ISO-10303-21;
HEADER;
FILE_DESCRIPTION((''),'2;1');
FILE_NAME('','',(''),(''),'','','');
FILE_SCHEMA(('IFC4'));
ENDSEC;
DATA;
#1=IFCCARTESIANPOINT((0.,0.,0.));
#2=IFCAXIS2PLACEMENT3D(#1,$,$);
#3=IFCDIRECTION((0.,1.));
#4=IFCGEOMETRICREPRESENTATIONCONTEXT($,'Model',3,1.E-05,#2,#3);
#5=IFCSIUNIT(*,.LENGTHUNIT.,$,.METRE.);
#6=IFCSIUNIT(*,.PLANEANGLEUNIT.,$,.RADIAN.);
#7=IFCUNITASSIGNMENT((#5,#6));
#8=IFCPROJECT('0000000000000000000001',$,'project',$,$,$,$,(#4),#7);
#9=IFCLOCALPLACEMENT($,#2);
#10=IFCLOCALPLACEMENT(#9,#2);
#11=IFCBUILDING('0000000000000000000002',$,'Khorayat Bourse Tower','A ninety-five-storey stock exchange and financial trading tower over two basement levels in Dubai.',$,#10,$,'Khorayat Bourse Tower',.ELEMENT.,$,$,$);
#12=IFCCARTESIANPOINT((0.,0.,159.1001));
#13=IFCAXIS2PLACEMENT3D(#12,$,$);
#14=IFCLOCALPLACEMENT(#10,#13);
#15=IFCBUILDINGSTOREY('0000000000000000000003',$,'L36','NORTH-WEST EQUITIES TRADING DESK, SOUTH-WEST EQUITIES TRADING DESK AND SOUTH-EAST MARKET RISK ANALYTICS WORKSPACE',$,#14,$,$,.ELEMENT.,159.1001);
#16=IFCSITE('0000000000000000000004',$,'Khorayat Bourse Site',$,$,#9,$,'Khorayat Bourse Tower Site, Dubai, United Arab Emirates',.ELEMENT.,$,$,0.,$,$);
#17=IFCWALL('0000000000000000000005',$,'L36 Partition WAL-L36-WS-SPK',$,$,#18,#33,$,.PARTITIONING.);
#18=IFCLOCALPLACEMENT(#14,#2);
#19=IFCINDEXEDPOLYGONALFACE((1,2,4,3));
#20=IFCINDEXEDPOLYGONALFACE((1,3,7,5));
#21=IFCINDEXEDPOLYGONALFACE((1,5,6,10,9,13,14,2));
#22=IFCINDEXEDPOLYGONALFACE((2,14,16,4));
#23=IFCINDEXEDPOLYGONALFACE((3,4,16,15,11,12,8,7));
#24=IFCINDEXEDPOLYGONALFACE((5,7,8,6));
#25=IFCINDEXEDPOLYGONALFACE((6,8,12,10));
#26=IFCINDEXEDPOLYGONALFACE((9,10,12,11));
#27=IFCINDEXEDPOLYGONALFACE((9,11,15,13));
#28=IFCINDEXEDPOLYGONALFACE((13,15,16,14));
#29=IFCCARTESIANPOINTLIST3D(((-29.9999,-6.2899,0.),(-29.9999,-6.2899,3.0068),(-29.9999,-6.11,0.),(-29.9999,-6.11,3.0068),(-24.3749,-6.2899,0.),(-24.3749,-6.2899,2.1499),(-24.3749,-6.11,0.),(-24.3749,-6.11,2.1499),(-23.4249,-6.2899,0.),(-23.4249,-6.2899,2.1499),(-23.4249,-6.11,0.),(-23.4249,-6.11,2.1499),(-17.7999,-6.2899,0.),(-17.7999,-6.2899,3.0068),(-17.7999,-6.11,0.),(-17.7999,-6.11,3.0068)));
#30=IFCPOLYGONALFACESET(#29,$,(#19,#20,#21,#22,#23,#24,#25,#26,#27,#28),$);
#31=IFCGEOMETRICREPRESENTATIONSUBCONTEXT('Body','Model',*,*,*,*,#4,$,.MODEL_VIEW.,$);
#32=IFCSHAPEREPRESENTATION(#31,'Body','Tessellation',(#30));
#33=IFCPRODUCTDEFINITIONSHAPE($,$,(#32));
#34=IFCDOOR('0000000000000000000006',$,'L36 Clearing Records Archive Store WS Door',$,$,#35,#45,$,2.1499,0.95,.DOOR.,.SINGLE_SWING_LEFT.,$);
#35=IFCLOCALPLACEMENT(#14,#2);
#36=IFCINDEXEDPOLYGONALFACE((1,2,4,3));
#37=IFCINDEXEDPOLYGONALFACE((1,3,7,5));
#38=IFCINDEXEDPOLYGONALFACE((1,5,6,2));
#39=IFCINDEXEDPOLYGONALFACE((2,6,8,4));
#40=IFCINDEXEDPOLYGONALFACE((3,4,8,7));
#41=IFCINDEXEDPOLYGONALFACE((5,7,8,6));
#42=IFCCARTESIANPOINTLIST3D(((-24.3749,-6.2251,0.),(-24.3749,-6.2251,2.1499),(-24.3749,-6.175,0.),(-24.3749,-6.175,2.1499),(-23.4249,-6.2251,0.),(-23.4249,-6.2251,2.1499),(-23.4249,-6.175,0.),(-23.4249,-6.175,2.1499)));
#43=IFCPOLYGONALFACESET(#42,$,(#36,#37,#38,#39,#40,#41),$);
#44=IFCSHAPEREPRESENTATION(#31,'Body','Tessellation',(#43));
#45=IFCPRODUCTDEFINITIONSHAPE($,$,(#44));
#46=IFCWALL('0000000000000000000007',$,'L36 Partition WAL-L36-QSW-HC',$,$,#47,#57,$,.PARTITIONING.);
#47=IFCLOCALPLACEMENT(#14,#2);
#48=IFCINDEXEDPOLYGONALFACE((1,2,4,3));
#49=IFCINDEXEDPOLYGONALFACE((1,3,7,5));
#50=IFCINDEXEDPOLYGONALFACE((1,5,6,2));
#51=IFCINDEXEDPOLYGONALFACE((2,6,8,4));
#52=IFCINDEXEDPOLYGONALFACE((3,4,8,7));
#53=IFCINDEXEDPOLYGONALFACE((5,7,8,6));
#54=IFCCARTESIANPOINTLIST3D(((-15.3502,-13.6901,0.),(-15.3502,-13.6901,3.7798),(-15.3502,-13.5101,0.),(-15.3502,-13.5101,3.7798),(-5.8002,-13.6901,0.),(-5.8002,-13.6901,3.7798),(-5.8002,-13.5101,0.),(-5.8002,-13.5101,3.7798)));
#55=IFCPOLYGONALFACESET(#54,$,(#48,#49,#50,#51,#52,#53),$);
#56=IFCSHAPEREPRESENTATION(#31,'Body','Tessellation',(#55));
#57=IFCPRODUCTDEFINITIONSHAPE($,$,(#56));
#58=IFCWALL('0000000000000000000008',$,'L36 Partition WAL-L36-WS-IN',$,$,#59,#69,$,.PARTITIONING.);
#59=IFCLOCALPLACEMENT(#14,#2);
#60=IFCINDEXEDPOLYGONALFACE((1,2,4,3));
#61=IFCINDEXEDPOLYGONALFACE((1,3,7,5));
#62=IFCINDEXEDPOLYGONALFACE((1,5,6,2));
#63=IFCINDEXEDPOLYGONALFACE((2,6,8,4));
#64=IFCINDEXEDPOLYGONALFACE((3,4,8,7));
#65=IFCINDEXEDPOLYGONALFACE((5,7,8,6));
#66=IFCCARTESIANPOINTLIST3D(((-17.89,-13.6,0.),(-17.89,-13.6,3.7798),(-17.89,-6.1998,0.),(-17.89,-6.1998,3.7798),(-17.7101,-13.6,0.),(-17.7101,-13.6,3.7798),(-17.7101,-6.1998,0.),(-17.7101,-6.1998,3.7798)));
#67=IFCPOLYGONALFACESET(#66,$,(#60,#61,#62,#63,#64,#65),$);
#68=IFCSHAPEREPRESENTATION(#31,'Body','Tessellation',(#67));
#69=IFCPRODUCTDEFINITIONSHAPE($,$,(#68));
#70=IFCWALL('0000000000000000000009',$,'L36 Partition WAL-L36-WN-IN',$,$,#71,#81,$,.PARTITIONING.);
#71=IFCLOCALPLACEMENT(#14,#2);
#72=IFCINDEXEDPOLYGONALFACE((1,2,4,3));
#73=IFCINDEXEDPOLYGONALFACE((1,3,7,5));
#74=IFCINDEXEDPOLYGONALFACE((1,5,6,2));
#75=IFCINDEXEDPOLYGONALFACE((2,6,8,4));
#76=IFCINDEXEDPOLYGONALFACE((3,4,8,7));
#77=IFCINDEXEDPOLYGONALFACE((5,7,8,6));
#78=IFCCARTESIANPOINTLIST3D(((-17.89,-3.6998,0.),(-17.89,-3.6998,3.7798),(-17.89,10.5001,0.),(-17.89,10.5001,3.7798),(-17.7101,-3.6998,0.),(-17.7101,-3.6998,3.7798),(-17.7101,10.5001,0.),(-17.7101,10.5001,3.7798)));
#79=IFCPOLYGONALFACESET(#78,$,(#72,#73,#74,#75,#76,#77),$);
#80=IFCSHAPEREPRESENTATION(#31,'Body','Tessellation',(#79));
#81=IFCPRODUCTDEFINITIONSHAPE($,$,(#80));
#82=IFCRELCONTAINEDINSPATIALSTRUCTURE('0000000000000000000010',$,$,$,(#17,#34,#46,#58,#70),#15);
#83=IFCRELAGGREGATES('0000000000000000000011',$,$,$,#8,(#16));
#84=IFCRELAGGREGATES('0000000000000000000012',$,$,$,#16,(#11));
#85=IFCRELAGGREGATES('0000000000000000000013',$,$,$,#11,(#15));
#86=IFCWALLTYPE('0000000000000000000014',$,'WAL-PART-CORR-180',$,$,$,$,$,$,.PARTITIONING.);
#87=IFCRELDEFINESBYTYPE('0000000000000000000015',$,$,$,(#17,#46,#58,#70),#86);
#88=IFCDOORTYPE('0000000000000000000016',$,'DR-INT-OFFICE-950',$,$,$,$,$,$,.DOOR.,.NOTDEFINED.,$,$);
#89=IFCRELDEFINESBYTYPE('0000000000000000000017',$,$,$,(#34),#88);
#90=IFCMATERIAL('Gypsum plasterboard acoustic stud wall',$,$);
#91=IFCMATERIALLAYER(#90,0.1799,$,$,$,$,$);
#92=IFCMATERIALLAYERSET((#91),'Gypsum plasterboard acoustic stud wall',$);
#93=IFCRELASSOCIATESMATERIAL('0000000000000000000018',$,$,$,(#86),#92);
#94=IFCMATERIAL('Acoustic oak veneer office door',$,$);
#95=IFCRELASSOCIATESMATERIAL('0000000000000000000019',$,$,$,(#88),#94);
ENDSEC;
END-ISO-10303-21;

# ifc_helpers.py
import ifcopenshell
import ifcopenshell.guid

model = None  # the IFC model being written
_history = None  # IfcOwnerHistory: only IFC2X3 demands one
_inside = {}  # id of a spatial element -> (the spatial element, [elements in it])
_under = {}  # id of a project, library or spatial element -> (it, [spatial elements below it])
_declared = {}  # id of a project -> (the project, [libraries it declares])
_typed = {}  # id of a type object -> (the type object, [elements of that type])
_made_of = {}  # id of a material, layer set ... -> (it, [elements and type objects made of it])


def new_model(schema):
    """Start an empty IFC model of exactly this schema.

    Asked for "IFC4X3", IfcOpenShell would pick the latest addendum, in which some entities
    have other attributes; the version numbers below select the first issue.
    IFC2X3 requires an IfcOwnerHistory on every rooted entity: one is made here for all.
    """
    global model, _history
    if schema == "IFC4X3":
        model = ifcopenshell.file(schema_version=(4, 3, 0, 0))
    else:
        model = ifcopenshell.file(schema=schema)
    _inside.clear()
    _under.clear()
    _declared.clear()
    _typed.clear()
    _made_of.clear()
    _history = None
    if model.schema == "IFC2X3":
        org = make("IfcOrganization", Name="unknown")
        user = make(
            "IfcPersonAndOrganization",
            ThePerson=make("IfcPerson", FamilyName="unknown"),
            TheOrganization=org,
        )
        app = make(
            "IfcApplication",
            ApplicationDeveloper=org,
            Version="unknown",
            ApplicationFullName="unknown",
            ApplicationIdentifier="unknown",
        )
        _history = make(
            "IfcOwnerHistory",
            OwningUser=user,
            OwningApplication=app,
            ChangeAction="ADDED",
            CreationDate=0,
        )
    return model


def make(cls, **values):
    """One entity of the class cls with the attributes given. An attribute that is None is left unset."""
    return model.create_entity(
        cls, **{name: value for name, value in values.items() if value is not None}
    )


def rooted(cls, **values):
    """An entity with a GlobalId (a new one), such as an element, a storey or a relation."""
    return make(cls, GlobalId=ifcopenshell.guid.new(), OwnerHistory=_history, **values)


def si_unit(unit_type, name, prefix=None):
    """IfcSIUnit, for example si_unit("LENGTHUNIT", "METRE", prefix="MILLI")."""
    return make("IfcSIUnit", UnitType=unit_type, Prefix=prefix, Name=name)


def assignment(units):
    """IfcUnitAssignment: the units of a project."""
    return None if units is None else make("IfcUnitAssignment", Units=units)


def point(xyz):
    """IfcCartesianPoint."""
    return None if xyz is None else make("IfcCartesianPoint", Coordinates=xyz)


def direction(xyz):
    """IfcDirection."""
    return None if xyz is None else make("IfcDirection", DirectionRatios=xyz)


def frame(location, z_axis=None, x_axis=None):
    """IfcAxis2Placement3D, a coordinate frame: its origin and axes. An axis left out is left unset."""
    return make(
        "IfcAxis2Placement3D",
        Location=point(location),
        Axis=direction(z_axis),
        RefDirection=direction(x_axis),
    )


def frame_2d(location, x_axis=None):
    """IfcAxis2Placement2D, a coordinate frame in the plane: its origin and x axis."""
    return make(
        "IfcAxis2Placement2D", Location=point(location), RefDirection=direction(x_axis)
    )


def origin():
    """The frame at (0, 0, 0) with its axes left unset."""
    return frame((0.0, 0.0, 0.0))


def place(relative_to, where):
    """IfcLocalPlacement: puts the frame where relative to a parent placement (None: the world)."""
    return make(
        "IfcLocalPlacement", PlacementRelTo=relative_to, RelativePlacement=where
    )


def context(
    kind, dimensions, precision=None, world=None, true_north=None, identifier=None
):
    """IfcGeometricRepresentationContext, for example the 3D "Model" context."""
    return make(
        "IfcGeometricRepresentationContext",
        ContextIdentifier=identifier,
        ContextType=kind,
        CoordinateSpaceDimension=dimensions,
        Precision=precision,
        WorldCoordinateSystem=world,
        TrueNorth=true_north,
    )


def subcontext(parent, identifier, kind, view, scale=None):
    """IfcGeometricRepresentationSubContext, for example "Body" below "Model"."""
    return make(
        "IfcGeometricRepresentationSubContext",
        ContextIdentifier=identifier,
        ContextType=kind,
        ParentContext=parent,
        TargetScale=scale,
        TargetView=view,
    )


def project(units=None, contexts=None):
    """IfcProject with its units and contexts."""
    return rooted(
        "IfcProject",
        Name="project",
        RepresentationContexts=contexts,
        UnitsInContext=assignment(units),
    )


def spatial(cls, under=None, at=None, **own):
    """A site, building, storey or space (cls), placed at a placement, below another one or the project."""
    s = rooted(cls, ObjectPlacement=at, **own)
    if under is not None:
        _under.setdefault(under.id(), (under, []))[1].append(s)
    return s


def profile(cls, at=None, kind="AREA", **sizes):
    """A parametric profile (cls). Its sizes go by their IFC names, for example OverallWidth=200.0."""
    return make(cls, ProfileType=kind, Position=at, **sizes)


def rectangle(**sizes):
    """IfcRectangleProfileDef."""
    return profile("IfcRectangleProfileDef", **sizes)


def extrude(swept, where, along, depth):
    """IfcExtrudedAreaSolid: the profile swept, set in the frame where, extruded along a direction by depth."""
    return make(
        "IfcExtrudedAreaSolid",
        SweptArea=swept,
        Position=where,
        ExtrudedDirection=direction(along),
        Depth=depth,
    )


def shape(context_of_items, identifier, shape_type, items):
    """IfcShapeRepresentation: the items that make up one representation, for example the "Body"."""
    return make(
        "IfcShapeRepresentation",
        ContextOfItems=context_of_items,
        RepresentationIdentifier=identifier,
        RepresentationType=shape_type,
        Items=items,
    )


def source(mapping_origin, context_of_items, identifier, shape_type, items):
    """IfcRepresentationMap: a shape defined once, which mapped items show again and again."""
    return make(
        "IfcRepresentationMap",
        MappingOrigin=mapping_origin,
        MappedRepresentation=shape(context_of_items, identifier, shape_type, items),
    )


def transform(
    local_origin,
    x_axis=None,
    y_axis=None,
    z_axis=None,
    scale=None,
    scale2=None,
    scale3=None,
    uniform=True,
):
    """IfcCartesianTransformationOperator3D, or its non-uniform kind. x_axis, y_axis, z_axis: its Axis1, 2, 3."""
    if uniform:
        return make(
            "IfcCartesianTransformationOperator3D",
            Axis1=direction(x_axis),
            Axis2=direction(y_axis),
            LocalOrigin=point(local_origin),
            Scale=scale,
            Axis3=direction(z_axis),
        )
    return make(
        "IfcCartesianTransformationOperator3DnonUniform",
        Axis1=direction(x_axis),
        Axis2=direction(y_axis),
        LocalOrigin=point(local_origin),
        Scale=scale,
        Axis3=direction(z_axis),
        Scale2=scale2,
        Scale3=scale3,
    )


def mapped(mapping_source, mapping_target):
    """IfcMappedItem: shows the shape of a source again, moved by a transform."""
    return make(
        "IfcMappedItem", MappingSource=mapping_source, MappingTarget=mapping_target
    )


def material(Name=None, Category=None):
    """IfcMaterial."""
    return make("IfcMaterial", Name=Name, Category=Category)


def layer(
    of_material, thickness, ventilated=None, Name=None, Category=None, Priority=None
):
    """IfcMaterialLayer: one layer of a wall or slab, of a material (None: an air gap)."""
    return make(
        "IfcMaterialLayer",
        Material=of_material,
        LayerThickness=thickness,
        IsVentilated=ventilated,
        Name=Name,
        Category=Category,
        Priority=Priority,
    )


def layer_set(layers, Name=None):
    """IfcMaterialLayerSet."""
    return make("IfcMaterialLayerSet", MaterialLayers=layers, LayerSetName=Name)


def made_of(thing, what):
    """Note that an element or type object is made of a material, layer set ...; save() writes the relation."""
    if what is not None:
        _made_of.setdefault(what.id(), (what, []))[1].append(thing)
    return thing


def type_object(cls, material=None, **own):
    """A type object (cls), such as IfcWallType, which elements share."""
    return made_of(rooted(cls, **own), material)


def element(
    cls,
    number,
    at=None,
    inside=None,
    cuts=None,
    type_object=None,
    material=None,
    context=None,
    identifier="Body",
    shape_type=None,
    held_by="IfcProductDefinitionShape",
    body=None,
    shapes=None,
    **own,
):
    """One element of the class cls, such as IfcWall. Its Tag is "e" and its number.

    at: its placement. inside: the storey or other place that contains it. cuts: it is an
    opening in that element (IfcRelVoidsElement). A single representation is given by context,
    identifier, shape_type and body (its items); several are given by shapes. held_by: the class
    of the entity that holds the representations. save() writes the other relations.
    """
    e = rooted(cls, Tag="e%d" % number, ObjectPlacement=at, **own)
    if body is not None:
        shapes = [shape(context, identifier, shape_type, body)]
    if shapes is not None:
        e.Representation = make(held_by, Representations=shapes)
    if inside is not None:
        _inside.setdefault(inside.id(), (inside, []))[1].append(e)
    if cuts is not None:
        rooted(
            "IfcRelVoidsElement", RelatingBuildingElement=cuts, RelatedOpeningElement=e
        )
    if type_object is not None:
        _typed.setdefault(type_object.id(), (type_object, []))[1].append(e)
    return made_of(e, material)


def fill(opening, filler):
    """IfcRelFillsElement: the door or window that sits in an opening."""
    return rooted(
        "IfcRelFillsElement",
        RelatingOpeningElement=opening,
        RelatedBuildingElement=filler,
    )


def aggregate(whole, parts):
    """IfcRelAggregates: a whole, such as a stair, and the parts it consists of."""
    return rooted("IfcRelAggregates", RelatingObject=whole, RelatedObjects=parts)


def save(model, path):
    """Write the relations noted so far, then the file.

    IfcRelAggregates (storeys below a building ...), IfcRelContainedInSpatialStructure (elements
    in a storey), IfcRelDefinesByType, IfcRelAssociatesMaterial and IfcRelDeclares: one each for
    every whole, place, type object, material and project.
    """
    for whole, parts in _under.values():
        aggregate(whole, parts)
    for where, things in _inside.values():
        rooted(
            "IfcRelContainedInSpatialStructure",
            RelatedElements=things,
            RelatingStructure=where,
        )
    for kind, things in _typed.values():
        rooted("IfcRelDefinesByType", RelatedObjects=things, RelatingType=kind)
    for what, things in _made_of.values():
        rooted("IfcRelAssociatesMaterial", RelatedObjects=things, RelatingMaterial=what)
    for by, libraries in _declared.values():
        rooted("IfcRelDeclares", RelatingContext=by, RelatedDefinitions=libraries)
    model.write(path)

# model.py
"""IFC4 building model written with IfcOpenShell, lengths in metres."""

from ifc_helpers import new_model, si_unit, direction, frame, frame_2d, origin, place, context, subcontext, project, spatial, rectangle, extrude, source, transform, mapped, material, layer, layer_set, type_object, element, fill, save


model = new_model("IFC4")

# Units and contexts
model_context = context("Model", 3, precision=1e-05, world=origin(), true_north=direction((0.0, 1.0)))
body_context = subcontext(model_context, "Body", "Model", "MODEL_VIEW")
ifc_project = project(units=[si_unit("LENGTHUNIT", "METRE"), si_unit("PLANEANGLEUNIT", "RADIAN")], contexts=[model_context])

# Site, building, storey
site_placement = place(None, origin())
site = spatial("IfcSite", under=ifc_project, at=site_placement, Name="Khorayat Bourse Site", LongName="Khorayat Bourse Tower Site, Dubai, United Arab Emirates", CompositionType="ELEMENT", RefElevation=0.0)
building_placement = place(site_placement, origin())
building = spatial("IfcBuilding", under=site, at=building_placement, Name="Khorayat Bourse Tower", Description="A ninety-five-storey stock exchange and financial trading tower over two basement levels in Dubai.", LongName="Khorayat Bourse Tower", CompositionType="ELEMENT")
storey_placement = place(building_placement, frame((0.0, 0.0, 159.1001)))
storey = spatial("IfcBuildingStorey", under=building, at=storey_placement, Name="L36", Description="NORTH-WEST EQUITIES TRADING DESK, SOUTH-WEST EQUITIES TRADING DESK AND SOUTH-EAST MARKET RISK ANALYTICS WORKSPACE", CompositionType="ELEMENT", Elevation=159.1001)

# Shared definitions
ifc_material_1 = material(Name="Gypsum plasterboard acoustic stud wall")
ifc_layer_1 = layer(ifc_material_1, 0.1799)
ifc_layer_set_1 = layer_set([ifc_layer_1], Name="Gypsum plasterboard acoustic stud wall")
wall_type_1 = type_object("IfcWallType", Name="WAL-PART-CORR-180", PredefinedType="PARTITIONING", material=ifc_layer_set_1)

# Wall, opening, door
shared_shape_1 = source(origin(), body_context, "Body", "SweptSolid", [
    extrude(rectangle(XDim=0.95, YDim=2.1499, at=frame_2d((0.4751, 1.075))), frame((0.0, 0.0999, 0.0), z_axis=(0.0, -1.0, 0.0), x_axis=(1.0, 0.0, 0.0)), (0.0, 0.0, 1.0), 0.2),
])
ifc_material_2 = material(Name="Acoustic oak veneer office door")
door_type = type_object("IfcDoorType", Name="DR-INT-OFFICE-950", OperationType="NOTDEFINED", PredefinedType="DOOR", material=ifc_material_2)
shared_shape_2 = source(origin(), body_context, "Body", "SweptSolid", [
    extrude(rectangle(XDim=0.95, YDim=2.1499, at=frame_2d((0.4751, 1.075))), frame((0.0, 0.0249, 0.0), z_axis=(0.0, -1.0, 0.0), x_axis=(1.0, 0.0, 0.0)), (0.0, 0.0, 1.0), 0.05),
])
shared_shape_3 = source(origin(), body_context, "Body", "SweptSolid", [
    extrude(rectangle(XDim=12.2, YDim=0.1799, at=frame_2d((6.1001, 0.0))), origin(), (0.0, 0.0, 1.0), 3.0068),
])
wall_1_placement = place(storey_placement, frame((-30.0, -6.2, 0.0), z_axis=(0.0, 0.0, 1.0), x_axis=(1.0, 0.0, 0.0)))
wall_1 = element("IfcWall", 1, at=wall_1_placement, inside=storey, type_object=wall_type_1, Name="L36 Partition WAL-L36-WS-SPK", PredefinedType="PARTITIONING", context=body_context, shape_type="MappedRepresentation", body=[
    mapped(shared_shape_3, transform((0.0, 0.0, 0.0), scale=1.0)),
])
opening_1_placement = place(wall_1_placement, frame((5.625, 0.0, 0.0)))
opening_1 = element("IfcOpeningElement", 2, at=opening_1_placement, cuts=wall_1, PredefinedType="OPENING", context=body_context, shape_type="MappedRepresentation", body=[
    mapped(shared_shape_1, transform((0.0, 0.0, 0.0), scale=1.0)),
])
door_1_placement = place(opening_1_placement, origin())
door_1 = element("IfcDoor", 3, at=door_1_placement, inside=storey, type_object=door_type, Name="L36 Clearing Records Archive Store WS Door", OperationType="SINGLE_SWING_LEFT", OverallHeight=2.1499, OverallWidth=0.95, PredefinedType="DOOR", context=body_context, shape_type="MappedRepresentation", body=[
    mapped(shared_shape_2, transform((0.0, 0.0, 0.0), scale=1.0)),
])
fill(opening_1, door_1)

# Walls
shared_shape_4 = source(origin(), body_context, "Body", "SweptSolid", [
    extrude(rectangle(XDim=9.55, YDim=0.1799, at=frame_2d((4.7749, 0.0))), origin(), (0.0, 0.0, 1.0), 3.7798),
])
wall_2_placement = place(storey_placement, frame((-15.3501, -13.6001, 0.0), z_axis=(0.0, 0.0, 1.0), x_axis=(1.0, 0.0, 0.0)))
element("IfcWall", 4, at=wall_2_placement, inside=storey, type_object=wall_type_1, Name="L36 Partition WAL-L36-QSW-HC", PredefinedType="PARTITIONING", context=body_context, shape_type="MappedRepresentation", body=[
    mapped(shared_shape_4, transform((0.0, 0.0, 0.0), scale=1.0)),
])
shared_shape_5 = source(origin(), body_context, "Body", "SweptSolid", [
    extrude(rectangle(XDim=7.4001, YDim=0.1799, at=frame_2d((3.7002, 0.0))), origin(), (0.0, 0.0, 1.0), 3.7798),
])
wall_3_placement = place(storey_placement, frame((-17.8, -13.6001, 0.0), z_axis=(0.0, 0.0, 1.0), x_axis=(0.0, 1.0, 0.0)))
element("IfcWall", 5, at=wall_3_placement, inside=storey, type_object=wall_type_1, Name="L36 Partition WAL-L36-WS-IN", PredefinedType="PARTITIONING", context=body_context, shape_type="MappedRepresentation", body=[
    mapped(shared_shape_5, transform((0.0, 0.0, 0.0), scale=1.0)),
])
shared_shape_6 = source(origin(), body_context, "Body", "SweptSolid", [
    extrude(rectangle(XDim=14.2, YDim=0.1799, at=frame_2d((7.1001, 0.0))), origin(), (0.0, 0.0, 1.0), 3.7798),
])
wall_4_placement = place(storey_placement, frame((-17.8, -3.7, 0.0), z_axis=(0.0, 0.0, 1.0), x_axis=(0.0, 1.0, 0.0)))
element("IfcWall", 6, at=wall_4_placement, inside=storey, type_object=wall_type_1, Name="L36 Partition WAL-L36-WN-IN", PredefinedType="PARTITIONING", context=body_context, shape_type="MappedRepresentation", body=[
    mapped(shared_shape_6, transform((0.0, 0.0, 0.0), scale=1.0)),
])

save(model, "model.ifc")
